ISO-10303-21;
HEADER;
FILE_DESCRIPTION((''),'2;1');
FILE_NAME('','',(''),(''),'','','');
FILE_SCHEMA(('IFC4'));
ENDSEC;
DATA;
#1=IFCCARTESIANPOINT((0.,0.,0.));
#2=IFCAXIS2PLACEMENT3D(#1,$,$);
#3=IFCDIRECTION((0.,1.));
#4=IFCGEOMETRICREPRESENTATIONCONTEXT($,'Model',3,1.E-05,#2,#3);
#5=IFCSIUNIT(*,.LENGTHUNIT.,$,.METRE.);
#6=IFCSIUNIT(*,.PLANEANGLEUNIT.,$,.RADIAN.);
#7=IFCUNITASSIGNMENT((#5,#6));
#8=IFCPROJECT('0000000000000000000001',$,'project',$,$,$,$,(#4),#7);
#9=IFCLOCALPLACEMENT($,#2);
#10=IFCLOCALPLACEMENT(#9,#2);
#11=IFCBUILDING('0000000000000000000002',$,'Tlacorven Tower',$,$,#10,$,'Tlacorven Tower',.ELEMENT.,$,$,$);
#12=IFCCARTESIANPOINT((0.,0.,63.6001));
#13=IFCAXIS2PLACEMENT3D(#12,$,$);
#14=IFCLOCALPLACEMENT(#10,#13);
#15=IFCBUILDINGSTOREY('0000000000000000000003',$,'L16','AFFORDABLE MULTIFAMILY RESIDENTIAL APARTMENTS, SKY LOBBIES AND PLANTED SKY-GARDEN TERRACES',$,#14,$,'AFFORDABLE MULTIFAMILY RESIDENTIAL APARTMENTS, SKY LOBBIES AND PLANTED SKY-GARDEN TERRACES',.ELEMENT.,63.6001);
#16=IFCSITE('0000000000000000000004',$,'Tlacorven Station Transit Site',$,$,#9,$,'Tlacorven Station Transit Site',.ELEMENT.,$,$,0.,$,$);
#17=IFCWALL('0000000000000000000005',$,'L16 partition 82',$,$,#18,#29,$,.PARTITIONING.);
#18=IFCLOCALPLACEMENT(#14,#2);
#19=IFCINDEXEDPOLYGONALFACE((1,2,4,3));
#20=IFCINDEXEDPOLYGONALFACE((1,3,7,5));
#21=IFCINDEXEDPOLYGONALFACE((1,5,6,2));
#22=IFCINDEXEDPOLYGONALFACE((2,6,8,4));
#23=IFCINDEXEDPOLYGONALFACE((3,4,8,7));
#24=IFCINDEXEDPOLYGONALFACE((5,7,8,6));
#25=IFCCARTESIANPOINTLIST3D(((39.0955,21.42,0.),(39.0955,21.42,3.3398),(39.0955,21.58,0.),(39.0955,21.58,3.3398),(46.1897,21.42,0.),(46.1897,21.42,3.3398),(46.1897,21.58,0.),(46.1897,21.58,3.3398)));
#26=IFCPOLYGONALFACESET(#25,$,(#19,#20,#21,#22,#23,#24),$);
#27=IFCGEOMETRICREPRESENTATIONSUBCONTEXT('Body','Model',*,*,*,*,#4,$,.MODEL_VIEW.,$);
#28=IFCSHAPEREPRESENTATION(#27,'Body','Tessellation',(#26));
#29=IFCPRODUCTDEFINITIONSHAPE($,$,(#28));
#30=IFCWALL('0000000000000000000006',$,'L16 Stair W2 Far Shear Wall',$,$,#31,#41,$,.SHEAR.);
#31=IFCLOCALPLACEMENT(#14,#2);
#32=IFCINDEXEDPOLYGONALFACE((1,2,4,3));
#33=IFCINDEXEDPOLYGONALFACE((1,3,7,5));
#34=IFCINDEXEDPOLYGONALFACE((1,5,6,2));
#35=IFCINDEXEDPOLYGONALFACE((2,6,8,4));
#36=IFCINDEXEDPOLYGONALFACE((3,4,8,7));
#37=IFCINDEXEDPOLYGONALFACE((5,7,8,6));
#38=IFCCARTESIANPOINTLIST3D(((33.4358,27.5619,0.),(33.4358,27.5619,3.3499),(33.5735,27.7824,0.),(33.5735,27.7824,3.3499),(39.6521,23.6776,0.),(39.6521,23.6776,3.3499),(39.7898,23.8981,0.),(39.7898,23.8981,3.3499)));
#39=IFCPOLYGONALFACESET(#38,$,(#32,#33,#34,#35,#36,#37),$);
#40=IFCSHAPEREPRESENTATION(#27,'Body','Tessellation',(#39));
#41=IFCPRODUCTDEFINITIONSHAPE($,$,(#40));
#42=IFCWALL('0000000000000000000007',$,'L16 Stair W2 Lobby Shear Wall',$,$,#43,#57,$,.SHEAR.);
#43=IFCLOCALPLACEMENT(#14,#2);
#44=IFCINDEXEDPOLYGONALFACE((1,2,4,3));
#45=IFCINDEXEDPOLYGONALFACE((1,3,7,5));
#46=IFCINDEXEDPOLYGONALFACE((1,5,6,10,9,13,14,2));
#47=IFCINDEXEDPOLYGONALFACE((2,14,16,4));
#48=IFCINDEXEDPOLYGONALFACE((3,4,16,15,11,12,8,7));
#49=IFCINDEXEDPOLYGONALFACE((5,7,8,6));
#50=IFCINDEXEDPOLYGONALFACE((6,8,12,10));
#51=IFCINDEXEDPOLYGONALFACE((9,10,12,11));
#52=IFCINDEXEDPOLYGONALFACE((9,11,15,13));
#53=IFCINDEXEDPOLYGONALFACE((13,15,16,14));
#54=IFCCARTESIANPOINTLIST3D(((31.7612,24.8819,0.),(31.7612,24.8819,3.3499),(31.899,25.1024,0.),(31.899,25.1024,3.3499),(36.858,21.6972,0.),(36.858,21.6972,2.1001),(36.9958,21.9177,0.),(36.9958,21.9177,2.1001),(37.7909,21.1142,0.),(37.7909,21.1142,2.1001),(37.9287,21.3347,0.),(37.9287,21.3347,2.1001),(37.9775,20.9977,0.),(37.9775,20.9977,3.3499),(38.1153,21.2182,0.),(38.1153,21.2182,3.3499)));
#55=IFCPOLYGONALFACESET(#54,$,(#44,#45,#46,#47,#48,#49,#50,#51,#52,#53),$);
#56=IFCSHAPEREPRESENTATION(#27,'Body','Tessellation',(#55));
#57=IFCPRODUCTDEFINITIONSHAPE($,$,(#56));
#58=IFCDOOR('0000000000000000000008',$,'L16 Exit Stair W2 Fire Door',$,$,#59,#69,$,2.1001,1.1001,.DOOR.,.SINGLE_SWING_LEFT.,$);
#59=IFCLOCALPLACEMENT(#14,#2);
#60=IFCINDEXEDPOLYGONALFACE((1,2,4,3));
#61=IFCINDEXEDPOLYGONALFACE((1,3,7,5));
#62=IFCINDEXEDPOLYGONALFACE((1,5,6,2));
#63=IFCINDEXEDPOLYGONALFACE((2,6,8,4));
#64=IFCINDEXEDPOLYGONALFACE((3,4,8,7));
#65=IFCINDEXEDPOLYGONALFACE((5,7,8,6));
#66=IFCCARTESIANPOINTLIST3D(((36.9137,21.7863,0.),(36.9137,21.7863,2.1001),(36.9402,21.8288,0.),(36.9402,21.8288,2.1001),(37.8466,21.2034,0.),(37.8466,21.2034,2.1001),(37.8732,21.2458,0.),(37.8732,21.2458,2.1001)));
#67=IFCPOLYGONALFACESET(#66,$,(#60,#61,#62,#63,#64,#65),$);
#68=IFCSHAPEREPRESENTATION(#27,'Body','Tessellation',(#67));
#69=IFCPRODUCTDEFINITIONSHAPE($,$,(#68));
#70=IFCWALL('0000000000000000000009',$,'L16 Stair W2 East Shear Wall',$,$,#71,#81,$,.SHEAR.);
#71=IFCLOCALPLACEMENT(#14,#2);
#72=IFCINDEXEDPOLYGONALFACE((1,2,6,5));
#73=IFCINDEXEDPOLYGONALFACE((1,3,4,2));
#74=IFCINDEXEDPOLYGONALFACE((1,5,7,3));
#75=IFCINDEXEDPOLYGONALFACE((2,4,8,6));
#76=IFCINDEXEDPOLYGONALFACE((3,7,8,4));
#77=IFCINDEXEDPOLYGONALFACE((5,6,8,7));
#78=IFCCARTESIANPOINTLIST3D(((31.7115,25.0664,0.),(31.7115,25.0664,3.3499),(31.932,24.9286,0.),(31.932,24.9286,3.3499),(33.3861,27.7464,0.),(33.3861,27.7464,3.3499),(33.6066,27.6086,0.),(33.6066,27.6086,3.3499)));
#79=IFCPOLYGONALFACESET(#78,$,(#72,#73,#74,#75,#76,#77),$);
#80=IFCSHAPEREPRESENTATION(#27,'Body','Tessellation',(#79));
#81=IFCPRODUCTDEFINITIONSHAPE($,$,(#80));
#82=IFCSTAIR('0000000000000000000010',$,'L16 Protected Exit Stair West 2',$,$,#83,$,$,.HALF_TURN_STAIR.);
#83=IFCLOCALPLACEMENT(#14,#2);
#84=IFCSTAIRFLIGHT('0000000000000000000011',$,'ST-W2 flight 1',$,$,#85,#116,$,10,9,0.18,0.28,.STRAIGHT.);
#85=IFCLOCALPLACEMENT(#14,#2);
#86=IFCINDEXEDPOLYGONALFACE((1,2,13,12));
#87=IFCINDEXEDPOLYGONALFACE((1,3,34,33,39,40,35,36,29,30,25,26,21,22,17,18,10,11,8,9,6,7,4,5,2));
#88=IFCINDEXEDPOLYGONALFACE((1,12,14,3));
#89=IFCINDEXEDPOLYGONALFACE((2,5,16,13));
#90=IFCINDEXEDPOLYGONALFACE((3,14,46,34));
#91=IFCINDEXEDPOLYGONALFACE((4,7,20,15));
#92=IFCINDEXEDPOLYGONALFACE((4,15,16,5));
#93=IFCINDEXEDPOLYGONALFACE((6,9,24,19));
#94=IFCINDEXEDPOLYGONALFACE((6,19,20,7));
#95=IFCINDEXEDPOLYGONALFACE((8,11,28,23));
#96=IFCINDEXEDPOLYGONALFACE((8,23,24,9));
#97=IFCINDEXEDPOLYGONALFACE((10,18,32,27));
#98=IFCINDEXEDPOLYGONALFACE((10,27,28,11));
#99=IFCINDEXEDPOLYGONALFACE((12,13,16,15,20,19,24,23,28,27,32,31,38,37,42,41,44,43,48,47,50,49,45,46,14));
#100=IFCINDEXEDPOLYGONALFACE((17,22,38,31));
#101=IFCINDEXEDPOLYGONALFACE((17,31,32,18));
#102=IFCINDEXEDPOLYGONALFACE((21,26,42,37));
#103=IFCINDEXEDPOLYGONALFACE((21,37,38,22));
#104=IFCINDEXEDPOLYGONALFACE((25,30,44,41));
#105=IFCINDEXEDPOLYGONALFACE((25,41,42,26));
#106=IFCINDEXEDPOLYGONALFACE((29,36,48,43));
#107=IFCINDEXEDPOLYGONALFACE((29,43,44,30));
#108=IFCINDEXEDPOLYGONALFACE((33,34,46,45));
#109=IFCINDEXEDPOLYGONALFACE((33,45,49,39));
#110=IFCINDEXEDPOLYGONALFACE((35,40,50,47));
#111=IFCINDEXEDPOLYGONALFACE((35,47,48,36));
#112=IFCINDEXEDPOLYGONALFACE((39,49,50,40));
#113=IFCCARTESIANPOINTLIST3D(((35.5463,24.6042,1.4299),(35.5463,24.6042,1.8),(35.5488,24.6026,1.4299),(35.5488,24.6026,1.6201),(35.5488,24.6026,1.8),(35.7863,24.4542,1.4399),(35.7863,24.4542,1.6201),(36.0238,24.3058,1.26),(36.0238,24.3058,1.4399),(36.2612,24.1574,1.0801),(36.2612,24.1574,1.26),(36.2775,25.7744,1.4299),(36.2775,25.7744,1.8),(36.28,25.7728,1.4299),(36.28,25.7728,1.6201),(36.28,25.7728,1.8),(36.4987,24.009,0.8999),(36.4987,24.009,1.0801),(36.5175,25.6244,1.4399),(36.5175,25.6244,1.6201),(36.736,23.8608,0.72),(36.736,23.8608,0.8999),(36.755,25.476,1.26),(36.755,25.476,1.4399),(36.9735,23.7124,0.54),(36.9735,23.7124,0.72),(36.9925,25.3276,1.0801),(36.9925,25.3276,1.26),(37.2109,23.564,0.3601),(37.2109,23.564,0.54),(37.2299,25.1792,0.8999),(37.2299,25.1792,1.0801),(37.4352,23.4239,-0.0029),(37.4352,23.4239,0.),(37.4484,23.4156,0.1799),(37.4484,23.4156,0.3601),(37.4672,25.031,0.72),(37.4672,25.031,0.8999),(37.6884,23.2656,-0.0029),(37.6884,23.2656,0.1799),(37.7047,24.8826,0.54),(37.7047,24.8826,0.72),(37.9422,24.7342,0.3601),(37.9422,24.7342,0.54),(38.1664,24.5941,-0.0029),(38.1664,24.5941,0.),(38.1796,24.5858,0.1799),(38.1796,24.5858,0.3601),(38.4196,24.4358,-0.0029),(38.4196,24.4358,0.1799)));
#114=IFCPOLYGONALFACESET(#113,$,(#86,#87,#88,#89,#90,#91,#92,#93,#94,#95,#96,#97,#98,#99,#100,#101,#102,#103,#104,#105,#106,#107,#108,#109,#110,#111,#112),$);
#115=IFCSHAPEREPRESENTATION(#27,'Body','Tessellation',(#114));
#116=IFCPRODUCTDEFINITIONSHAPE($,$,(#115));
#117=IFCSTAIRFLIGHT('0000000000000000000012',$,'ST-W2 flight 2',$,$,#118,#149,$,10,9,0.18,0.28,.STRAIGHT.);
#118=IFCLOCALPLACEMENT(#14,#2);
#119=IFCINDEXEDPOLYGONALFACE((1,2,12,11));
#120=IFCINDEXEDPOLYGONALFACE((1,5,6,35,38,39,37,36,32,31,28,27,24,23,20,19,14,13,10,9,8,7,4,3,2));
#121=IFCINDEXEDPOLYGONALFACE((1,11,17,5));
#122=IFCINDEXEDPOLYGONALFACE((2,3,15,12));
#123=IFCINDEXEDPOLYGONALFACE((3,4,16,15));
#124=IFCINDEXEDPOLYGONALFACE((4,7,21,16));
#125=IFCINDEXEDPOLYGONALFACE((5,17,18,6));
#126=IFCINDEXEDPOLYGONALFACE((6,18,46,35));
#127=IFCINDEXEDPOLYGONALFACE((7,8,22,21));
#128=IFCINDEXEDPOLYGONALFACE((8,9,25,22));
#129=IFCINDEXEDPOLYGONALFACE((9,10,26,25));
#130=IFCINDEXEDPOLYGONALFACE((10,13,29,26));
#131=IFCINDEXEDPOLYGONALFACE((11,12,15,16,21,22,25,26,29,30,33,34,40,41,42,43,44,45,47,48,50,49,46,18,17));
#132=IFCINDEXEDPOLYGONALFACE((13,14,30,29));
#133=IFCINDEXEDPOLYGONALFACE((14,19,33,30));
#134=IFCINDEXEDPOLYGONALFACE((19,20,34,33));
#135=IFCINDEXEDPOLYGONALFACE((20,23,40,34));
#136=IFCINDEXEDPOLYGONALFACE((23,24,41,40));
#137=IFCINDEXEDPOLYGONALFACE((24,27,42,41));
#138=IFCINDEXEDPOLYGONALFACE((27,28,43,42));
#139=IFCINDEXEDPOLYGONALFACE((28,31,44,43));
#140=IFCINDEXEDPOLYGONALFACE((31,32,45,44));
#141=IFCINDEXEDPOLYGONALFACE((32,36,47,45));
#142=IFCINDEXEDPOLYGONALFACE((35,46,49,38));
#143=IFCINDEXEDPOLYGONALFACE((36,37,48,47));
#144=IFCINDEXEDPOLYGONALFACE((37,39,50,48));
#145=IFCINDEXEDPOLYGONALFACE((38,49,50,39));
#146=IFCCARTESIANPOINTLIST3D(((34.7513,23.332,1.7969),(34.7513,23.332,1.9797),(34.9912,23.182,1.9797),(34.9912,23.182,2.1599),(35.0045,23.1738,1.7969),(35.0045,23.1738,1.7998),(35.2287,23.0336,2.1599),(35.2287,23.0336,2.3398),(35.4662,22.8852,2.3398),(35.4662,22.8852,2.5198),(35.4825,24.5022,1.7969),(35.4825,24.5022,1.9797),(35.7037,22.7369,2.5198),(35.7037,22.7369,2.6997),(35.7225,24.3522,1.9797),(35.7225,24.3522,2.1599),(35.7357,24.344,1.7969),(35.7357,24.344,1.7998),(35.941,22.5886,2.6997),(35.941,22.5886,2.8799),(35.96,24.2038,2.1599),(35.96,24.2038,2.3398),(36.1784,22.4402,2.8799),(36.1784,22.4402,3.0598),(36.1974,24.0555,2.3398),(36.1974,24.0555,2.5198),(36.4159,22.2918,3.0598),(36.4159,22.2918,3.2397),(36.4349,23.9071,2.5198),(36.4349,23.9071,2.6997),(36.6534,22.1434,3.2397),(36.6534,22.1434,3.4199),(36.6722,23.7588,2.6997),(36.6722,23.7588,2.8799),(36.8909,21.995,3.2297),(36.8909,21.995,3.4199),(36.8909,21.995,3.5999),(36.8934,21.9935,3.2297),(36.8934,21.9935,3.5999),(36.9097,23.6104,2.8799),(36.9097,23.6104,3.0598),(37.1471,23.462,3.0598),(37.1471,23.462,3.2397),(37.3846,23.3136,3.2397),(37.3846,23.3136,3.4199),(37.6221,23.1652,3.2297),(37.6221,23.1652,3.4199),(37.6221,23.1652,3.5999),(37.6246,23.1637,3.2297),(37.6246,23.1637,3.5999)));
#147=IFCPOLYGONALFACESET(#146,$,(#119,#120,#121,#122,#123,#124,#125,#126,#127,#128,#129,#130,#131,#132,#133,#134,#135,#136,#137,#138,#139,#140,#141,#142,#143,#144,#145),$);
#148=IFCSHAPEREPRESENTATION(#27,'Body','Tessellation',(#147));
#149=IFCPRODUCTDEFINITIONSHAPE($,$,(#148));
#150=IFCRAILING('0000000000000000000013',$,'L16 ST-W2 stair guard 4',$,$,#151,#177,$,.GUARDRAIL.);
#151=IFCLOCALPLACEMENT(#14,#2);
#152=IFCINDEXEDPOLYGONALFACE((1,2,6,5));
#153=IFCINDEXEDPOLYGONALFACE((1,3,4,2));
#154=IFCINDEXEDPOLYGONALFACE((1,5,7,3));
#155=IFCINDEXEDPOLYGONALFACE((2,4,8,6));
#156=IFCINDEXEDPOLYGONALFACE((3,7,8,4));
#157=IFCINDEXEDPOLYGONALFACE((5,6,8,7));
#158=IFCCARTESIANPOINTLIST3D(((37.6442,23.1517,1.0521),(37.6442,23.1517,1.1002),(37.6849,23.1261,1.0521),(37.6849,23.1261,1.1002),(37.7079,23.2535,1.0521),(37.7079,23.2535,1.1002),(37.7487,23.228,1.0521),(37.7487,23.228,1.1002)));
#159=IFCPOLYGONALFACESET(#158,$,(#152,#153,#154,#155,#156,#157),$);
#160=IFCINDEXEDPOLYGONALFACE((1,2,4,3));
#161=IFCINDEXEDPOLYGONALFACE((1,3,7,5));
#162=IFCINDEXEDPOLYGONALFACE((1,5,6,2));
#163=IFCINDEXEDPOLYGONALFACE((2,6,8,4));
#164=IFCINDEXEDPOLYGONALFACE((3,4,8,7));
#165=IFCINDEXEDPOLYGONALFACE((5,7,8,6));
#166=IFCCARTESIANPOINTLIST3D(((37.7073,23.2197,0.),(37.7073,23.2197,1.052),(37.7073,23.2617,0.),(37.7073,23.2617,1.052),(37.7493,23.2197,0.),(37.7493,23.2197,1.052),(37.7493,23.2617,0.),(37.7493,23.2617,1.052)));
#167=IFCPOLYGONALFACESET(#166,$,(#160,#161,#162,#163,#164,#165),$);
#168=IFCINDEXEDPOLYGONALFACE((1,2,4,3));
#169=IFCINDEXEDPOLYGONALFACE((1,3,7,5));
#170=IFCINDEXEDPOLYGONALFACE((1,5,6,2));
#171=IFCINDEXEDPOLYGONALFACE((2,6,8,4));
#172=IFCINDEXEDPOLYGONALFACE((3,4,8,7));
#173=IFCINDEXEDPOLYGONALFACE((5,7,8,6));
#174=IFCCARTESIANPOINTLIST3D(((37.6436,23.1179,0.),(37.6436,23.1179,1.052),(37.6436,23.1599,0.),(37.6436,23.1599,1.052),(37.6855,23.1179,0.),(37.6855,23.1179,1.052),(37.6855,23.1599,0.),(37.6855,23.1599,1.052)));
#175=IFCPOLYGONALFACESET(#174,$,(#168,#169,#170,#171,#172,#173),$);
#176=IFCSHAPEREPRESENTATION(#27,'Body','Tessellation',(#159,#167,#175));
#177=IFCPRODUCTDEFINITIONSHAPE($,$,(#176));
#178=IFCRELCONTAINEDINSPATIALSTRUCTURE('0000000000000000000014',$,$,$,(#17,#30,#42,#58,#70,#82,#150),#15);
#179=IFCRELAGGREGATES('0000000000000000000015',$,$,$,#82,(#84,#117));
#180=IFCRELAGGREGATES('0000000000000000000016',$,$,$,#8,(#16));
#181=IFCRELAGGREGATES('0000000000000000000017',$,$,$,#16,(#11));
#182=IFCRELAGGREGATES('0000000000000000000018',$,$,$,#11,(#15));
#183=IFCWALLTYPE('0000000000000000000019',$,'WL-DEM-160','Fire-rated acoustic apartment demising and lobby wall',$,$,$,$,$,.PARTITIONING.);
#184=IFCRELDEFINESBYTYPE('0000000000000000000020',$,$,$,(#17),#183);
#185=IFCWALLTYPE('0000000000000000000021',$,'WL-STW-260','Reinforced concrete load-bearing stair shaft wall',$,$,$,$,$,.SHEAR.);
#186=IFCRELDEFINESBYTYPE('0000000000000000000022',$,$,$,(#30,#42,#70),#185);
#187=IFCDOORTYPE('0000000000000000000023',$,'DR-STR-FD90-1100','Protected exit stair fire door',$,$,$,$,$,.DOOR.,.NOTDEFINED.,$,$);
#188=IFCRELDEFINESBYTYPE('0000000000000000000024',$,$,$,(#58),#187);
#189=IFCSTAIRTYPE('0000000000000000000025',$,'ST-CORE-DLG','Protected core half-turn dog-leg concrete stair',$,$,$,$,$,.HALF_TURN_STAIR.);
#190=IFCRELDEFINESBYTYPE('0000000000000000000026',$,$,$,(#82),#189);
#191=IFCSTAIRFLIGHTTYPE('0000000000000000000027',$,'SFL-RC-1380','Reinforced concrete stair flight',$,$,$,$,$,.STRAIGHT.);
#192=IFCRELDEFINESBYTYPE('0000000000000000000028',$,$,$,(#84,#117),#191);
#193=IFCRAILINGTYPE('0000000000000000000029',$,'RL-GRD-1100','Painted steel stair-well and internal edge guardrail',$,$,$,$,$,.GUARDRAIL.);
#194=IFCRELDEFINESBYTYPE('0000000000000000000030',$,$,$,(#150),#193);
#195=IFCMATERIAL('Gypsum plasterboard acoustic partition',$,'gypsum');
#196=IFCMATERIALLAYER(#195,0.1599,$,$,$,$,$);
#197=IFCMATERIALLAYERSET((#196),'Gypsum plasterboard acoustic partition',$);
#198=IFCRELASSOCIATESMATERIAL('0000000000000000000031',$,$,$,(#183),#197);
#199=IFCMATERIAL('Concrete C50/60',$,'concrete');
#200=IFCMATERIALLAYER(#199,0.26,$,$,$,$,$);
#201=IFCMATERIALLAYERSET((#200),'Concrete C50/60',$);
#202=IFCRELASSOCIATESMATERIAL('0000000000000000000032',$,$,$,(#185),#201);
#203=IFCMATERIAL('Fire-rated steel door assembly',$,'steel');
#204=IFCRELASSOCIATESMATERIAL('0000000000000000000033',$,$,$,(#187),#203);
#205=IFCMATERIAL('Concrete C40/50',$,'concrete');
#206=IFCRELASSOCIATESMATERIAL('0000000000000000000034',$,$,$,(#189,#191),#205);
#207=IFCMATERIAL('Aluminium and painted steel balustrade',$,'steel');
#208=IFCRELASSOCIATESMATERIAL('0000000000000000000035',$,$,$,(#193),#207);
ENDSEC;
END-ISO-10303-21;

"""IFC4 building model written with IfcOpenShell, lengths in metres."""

from ifc_helpers import new_model, si_unit, direction, frame, frame_2d, origin, origin_2d, place, context, subcontext, project, spatial, polyline, rectangle, outline, extrude, source, transform, mapped, material, layer, layer_set, type_object, element, fill, aggregate, save


model = new_model("IFC4")

# Units and contexts
model_context = context("Model", 3, precision=1e-05, world=origin(), true_north=direction((0.0, 1.0)))
body_context = subcontext(model_context, "Body", "Model", "MODEL_VIEW")
ifc_project = project(units=[si_unit("LENGTHUNIT", "METRE"), si_unit("PLANEANGLEUNIT", "RADIAN")], contexts=[model_context])

# Site, building, storey
site_placement = place(None, origin())
site = spatial("IfcSite", under=ifc_project, at=site_placement, Name="Tlacorven Station Transit Site", LongName="Tlacorven Station Transit Site", CompositionType="ELEMENT", RefElevation=0.0)
building_placement = place(site_placement, origin())
building = spatial("IfcBuilding", under=site, at=building_placement, Name="Tlacorven Tower", LongName="Tlacorven Tower", CompositionType="ELEMENT")
storey_placement = place(building_placement, frame((0.0, 0.0, 63.6001)))
storey = spatial("IfcBuildingStorey", under=building, at=storey_placement, Name="L16", Description="AFFORDABLE MULTIFAMILY RESIDENTIAL APARTMENTS, SKY LOBBIES AND PLANTED SKY-GARDEN TERRACES", LongName="AFFORDABLE MULTIFAMILY RESIDENTIAL APARTMENTS, SKY LOBBIES AND PLANTED SKY-GARDEN TERRACES", CompositionType="ELEMENT", Elevation=63.6001)

# Walls
ifc_material_1 = material(Name="Gypsum plasterboard acoustic partition", Category="gypsum")
ifc_layer_1 = layer(ifc_material_1, 0.1599)
ifc_layer_set_1 = layer_set([ifc_layer_1], Name="Gypsum plasterboard acoustic partition")
wall_type_1 = type_object("IfcWallType", Name="WL-DEM-160", Description="Fire-rated acoustic apartment demising and lobby wall", PredefinedType="PARTITIONING", material=ifc_layer_set_1)
wall_1_placement = place(storey_placement, frame((39.0955, 21.5, 0.0), z_axis=(0.0, 0.0, 1.0), x_axis=(1.0, 0.0, 0.0)))
element("IfcWall", 1, at=wall_1_placement, inside=storey, type_object=wall_type_1, Name="L16 partition 82", PredefinedType="PARTITIONING", context=body_context, shape_type="SweptSolid", body=[
    extrude(rectangle(XDim=7.0942, YDim=0.1599, at=frame_2d((3.5471, 0.0))), origin(), (0.0, 0.0, 1.0), 3.3398),
])
ifc_material_2 = material(Name="Concrete C50/60", Category="concrete")
ifc_layer_2 = layer(ifc_material_2, 0.26)
ifc_layer_set_2 = layer_set([ifc_layer_2], Name="Concrete C50/60")
wall_type_2 = type_object("IfcWallType", Name="WL-STW-260", Description="Reinforced concrete load-bearing stair shaft wall", PredefinedType="SHEAR", material=ifc_layer_set_2)
wall_2_placement = place(storey_placement, frame((39.7209, 23.7878, 0.0), z_axis=(0.0, 0.0, 1.0), x_axis=(-0.848054, 0.529909, 0.0)))
element("IfcWall", 2, at=wall_2_placement, inside=storey, type_object=wall_type_2, Name="L16 Stair W2 Far Shear Wall", PredefinedType="SHEAR", context=body_context, shape_type="SweptSolid", body=[
    extrude(rectangle(XDim=7.3301, YDim=0.26, at=frame_2d((3.665, 0.0))), origin(), (0.0, 0.0, 1.0), 3.3499),
])

# Wall, opening, door
wall_3_placement = place(storey_placement, frame((38.0464, 21.1079, 0.0), z_axis=(0.0, 0.0, 1.0), x_axis=(-0.848054, 0.529909, 0.0)))
wall_3 = element("IfcWall", 3, at=wall_3_placement, inside=storey, type_object=wall_type_2, Name="L16 Stair W2 Lobby Shear Wall", PredefinedType="SHEAR", context=body_context, shape_type="SweptSolid", body=[
    extrude(rectangle(XDim=7.3301, YDim=0.26, at=frame_2d((3.665, 0.0))), origin(), (0.0, 0.0, 1.0), 3.3499),
])
opening_placement = place(wall_3_placement, frame((0.22, 0.0, 0.0)))
opening = element("IfcOpeningElement", 4, at=opening_placement, cuts=wall_3, PredefinedType="OPENING", context=body_context, shape_type="SweptSolid", body=[
    extrude(rectangle(XDim=1.1001, YDim=2.1001, at=frame_2d((0.55, 1.05))), frame((0.0, 0.1401, 0.0), z_axis=(0.0, -1.0, 0.0), x_axis=(1.0, 0.0, 0.0)), (0.0, 0.0, 1.0), 0.28),
])
ifc_material_3 = material(Name="Fire-rated steel door assembly", Category="steel")
door_type = type_object("IfcDoorType", Name="DR-STR-FD90-1100", Description="Protected exit stair fire door", OperationType="NOTDEFINED", PredefinedType="DOOR", material=ifc_material_3)
shared_shape_1 = source(origin(), body_context, "Body", "SweptSolid", [
    extrude(rectangle(XDim=1.1001, YDim=2.1001, at=frame_2d((0.55, 1.05))), frame((0.0, 0.0249, 0.0), z_axis=(0.0, -1.0, 0.0), x_axis=(1.0, 0.0, 0.0)), (0.0, 0.0, 1.0), 0.05),
])
door_placement = place(opening_placement, origin())
door = element("IfcDoor", 5, at=door_placement, inside=storey, type_object=door_type, Name="L16 Exit Stair W2 Fire Door", OperationType="SINGLE_SWING_LEFT", OverallHeight=2.1001, OverallWidth=1.1001, PredefinedType="DOOR", context=body_context, shape_type="MappedRepresentation", body=[
    mapped(shared_shape_1, transform((0.0, 0.0, 0.0), scale=1.0)),
])
fill(opening, door)

# Wall
wall_4_placement = place(storey_placement, frame((33.4963, 27.6775, 0.0), z_axis=(0.0, 0.0, 1.0), x_axis=(-0.529909, -0.848055, 0.0)))
element("IfcWall", 6, at=wall_4_placement, inside=storey, type_object=wall_type_2, Name="L16 Stair W2 East Shear Wall", PredefinedType="SHEAR", context=body_context, shape_type="SweptSolid", body=[
    extrude(rectangle(XDim=3.1602, YDim=0.26, at=frame_2d((1.5801, 0.0))), origin(), (0.0, 0.0, 1.0), 3.3499),
])

# Stair, stair flights
ifc_material_4 = material(Name="Concrete C40/50", Category="concrete")
stair_type = type_object("IfcStairType", Name="ST-CORE-DLG", Description="Protected core half-turn dog-leg concrete stair", PredefinedType="HALF_TURN_STAIR", material=ifc_material_4)
stair_placement = place(storey_placement, origin())
stair = element("IfcStair", 7, at=stair_placement, inside=storey, type_object=stair_type, Name="L16 Protected Exit Stair West 2", PredefinedType="HALF_TURN_STAIR")
stair_flight_type = type_object("IfcStairFlightType", Name="SFL-RC-1380", Description="Reinforced concrete stair flight", PredefinedType="STRAIGHT", material=ifc_material_4)
shared_shape_2 = source(origin(), body_context, "Body", "SweptSolid", [
    extrude(outline(polyline([(-0.0029, -0.0029), (-0.0029, 0.1799), (0.28, 0.1799), (0.28, 0.3601), (0.5601, 0.3601), (0.5601, 0.54), (0.8401, 0.54), (0.8401, 0.72), (1.1201, 0.72), (1.1201, 0.8999), (1.3999, 0.8999), (1.3999, 1.0801), (1.6799, 1.0801), (1.6799, 1.26), (1.96, 1.26), (1.96, 1.4399), (2.24, 1.4399), (2.24, 1.6201), (2.52, 1.6201), (2.52, 1.8), (2.5229, 1.8), (2.5229, 1.4299), (2.52, 1.4299), (0.2957, 0.0), (0.2957, -0.0029), (-0.0029, -0.0029)])), frame((0.0, 0.6899, 0.0), z_axis=(0.0, -1.0, 0.0), x_axis=(1.0, 0.0, 0.0)), (0.0, 0.0, 1.0), 1.3799),
])
stair_flight_1_placement = place(storey_placement, frame((38.0515, 23.8523, 0.0), z_axis=(0.0, 0.0, 1.0), x_axis=(-0.848048, 0.529919, 0.0)))
stair_flight_1 = element("IfcStairFlight", 8, at=stair_flight_1_placement, type_object=stair_flight_type, Name="ST-W2 flight 1", NumberOfRisers=10, NumberOfTreads=9, PredefinedType="STRAIGHT", RiserHeight=0.18, TreadLength=0.28, context=body_context, shape_type="MappedRepresentation", body=[
    mapped(shared_shape_2, transform((0.0, 0.0, 0.0), scale=1.0)),
])
stair_flight_2_placement = place(storey_placement, frame((35.1194, 23.9155, 1.7998), z_axis=(0.0, 0.0, 1.0), x_axis=(0.848048, -0.529919, 0.0)))
stair_flight_2 = element("IfcStairFlight", 9, at=stair_flight_2_placement, type_object=stair_flight_type, Name="ST-W2 flight 2", NumberOfRisers=10, NumberOfTreads=9, PredefinedType="STRAIGHT", RiserHeight=0.18, TreadLength=0.28, context=body_context, shape_type="MappedRepresentation", body=[
    mapped(shared_shape_2, transform((0.0, 0.0, 0.0), scale=1.0)),
])
aggregate(stair, [stair_flight_1, stair_flight_2])

# Railing
ifc_material_5 = material(Name="Aluminium and painted steel balustrade", Category="steel")
railing_type_1 = type_object("IfcRailingType", Name="RL-GRD-1100", Description="Painted steel stair-well and internal edge guardrail", PredefinedType="GUARDRAIL", material=ifc_material_5)
shared_shape_3 = source(origin(), body_context, "Body", "SweptSolid", [
    extrude(rectangle(XDim=0.0481, YDim=0.0481, at=origin_2d()), frame((0.0, 0.0, 1.0762), z_axis=(-0.530547, -0.847656, 0.0), x_axis=(0.847656, -0.530547, 0.0)), (0.0, 0.0, 1.0), 0.1201),
    extrude(rectangle(XDim=0.042, YDim=0.042, at=origin_2d()), origin(), (0.0, 0.0, 1.0), 1.052),
    extrude(rectangle(XDim=0.042, YDim=0.042, at=origin_2d()), frame((-0.0637, -0.1018, 0.0)), (0.0, 0.0, 1.0), 1.052),
])
railing_1_placement = place(storey_placement, frame((37.7283, 23.2407, 0.0)))
element("IfcRailing", 10, at=railing_1_placement, inside=storey, type_object=railing_type_1, Name="L16 ST-W2 stair guard 4", PredefinedType="GUARDRAIL", context=body_context, shape_type="MappedRepresentation", body=[
    mapped(shared_shape_3, transform((0.0, 0.0, 0.0), scale=1.0)),
])

save(model, "model.ifc")
